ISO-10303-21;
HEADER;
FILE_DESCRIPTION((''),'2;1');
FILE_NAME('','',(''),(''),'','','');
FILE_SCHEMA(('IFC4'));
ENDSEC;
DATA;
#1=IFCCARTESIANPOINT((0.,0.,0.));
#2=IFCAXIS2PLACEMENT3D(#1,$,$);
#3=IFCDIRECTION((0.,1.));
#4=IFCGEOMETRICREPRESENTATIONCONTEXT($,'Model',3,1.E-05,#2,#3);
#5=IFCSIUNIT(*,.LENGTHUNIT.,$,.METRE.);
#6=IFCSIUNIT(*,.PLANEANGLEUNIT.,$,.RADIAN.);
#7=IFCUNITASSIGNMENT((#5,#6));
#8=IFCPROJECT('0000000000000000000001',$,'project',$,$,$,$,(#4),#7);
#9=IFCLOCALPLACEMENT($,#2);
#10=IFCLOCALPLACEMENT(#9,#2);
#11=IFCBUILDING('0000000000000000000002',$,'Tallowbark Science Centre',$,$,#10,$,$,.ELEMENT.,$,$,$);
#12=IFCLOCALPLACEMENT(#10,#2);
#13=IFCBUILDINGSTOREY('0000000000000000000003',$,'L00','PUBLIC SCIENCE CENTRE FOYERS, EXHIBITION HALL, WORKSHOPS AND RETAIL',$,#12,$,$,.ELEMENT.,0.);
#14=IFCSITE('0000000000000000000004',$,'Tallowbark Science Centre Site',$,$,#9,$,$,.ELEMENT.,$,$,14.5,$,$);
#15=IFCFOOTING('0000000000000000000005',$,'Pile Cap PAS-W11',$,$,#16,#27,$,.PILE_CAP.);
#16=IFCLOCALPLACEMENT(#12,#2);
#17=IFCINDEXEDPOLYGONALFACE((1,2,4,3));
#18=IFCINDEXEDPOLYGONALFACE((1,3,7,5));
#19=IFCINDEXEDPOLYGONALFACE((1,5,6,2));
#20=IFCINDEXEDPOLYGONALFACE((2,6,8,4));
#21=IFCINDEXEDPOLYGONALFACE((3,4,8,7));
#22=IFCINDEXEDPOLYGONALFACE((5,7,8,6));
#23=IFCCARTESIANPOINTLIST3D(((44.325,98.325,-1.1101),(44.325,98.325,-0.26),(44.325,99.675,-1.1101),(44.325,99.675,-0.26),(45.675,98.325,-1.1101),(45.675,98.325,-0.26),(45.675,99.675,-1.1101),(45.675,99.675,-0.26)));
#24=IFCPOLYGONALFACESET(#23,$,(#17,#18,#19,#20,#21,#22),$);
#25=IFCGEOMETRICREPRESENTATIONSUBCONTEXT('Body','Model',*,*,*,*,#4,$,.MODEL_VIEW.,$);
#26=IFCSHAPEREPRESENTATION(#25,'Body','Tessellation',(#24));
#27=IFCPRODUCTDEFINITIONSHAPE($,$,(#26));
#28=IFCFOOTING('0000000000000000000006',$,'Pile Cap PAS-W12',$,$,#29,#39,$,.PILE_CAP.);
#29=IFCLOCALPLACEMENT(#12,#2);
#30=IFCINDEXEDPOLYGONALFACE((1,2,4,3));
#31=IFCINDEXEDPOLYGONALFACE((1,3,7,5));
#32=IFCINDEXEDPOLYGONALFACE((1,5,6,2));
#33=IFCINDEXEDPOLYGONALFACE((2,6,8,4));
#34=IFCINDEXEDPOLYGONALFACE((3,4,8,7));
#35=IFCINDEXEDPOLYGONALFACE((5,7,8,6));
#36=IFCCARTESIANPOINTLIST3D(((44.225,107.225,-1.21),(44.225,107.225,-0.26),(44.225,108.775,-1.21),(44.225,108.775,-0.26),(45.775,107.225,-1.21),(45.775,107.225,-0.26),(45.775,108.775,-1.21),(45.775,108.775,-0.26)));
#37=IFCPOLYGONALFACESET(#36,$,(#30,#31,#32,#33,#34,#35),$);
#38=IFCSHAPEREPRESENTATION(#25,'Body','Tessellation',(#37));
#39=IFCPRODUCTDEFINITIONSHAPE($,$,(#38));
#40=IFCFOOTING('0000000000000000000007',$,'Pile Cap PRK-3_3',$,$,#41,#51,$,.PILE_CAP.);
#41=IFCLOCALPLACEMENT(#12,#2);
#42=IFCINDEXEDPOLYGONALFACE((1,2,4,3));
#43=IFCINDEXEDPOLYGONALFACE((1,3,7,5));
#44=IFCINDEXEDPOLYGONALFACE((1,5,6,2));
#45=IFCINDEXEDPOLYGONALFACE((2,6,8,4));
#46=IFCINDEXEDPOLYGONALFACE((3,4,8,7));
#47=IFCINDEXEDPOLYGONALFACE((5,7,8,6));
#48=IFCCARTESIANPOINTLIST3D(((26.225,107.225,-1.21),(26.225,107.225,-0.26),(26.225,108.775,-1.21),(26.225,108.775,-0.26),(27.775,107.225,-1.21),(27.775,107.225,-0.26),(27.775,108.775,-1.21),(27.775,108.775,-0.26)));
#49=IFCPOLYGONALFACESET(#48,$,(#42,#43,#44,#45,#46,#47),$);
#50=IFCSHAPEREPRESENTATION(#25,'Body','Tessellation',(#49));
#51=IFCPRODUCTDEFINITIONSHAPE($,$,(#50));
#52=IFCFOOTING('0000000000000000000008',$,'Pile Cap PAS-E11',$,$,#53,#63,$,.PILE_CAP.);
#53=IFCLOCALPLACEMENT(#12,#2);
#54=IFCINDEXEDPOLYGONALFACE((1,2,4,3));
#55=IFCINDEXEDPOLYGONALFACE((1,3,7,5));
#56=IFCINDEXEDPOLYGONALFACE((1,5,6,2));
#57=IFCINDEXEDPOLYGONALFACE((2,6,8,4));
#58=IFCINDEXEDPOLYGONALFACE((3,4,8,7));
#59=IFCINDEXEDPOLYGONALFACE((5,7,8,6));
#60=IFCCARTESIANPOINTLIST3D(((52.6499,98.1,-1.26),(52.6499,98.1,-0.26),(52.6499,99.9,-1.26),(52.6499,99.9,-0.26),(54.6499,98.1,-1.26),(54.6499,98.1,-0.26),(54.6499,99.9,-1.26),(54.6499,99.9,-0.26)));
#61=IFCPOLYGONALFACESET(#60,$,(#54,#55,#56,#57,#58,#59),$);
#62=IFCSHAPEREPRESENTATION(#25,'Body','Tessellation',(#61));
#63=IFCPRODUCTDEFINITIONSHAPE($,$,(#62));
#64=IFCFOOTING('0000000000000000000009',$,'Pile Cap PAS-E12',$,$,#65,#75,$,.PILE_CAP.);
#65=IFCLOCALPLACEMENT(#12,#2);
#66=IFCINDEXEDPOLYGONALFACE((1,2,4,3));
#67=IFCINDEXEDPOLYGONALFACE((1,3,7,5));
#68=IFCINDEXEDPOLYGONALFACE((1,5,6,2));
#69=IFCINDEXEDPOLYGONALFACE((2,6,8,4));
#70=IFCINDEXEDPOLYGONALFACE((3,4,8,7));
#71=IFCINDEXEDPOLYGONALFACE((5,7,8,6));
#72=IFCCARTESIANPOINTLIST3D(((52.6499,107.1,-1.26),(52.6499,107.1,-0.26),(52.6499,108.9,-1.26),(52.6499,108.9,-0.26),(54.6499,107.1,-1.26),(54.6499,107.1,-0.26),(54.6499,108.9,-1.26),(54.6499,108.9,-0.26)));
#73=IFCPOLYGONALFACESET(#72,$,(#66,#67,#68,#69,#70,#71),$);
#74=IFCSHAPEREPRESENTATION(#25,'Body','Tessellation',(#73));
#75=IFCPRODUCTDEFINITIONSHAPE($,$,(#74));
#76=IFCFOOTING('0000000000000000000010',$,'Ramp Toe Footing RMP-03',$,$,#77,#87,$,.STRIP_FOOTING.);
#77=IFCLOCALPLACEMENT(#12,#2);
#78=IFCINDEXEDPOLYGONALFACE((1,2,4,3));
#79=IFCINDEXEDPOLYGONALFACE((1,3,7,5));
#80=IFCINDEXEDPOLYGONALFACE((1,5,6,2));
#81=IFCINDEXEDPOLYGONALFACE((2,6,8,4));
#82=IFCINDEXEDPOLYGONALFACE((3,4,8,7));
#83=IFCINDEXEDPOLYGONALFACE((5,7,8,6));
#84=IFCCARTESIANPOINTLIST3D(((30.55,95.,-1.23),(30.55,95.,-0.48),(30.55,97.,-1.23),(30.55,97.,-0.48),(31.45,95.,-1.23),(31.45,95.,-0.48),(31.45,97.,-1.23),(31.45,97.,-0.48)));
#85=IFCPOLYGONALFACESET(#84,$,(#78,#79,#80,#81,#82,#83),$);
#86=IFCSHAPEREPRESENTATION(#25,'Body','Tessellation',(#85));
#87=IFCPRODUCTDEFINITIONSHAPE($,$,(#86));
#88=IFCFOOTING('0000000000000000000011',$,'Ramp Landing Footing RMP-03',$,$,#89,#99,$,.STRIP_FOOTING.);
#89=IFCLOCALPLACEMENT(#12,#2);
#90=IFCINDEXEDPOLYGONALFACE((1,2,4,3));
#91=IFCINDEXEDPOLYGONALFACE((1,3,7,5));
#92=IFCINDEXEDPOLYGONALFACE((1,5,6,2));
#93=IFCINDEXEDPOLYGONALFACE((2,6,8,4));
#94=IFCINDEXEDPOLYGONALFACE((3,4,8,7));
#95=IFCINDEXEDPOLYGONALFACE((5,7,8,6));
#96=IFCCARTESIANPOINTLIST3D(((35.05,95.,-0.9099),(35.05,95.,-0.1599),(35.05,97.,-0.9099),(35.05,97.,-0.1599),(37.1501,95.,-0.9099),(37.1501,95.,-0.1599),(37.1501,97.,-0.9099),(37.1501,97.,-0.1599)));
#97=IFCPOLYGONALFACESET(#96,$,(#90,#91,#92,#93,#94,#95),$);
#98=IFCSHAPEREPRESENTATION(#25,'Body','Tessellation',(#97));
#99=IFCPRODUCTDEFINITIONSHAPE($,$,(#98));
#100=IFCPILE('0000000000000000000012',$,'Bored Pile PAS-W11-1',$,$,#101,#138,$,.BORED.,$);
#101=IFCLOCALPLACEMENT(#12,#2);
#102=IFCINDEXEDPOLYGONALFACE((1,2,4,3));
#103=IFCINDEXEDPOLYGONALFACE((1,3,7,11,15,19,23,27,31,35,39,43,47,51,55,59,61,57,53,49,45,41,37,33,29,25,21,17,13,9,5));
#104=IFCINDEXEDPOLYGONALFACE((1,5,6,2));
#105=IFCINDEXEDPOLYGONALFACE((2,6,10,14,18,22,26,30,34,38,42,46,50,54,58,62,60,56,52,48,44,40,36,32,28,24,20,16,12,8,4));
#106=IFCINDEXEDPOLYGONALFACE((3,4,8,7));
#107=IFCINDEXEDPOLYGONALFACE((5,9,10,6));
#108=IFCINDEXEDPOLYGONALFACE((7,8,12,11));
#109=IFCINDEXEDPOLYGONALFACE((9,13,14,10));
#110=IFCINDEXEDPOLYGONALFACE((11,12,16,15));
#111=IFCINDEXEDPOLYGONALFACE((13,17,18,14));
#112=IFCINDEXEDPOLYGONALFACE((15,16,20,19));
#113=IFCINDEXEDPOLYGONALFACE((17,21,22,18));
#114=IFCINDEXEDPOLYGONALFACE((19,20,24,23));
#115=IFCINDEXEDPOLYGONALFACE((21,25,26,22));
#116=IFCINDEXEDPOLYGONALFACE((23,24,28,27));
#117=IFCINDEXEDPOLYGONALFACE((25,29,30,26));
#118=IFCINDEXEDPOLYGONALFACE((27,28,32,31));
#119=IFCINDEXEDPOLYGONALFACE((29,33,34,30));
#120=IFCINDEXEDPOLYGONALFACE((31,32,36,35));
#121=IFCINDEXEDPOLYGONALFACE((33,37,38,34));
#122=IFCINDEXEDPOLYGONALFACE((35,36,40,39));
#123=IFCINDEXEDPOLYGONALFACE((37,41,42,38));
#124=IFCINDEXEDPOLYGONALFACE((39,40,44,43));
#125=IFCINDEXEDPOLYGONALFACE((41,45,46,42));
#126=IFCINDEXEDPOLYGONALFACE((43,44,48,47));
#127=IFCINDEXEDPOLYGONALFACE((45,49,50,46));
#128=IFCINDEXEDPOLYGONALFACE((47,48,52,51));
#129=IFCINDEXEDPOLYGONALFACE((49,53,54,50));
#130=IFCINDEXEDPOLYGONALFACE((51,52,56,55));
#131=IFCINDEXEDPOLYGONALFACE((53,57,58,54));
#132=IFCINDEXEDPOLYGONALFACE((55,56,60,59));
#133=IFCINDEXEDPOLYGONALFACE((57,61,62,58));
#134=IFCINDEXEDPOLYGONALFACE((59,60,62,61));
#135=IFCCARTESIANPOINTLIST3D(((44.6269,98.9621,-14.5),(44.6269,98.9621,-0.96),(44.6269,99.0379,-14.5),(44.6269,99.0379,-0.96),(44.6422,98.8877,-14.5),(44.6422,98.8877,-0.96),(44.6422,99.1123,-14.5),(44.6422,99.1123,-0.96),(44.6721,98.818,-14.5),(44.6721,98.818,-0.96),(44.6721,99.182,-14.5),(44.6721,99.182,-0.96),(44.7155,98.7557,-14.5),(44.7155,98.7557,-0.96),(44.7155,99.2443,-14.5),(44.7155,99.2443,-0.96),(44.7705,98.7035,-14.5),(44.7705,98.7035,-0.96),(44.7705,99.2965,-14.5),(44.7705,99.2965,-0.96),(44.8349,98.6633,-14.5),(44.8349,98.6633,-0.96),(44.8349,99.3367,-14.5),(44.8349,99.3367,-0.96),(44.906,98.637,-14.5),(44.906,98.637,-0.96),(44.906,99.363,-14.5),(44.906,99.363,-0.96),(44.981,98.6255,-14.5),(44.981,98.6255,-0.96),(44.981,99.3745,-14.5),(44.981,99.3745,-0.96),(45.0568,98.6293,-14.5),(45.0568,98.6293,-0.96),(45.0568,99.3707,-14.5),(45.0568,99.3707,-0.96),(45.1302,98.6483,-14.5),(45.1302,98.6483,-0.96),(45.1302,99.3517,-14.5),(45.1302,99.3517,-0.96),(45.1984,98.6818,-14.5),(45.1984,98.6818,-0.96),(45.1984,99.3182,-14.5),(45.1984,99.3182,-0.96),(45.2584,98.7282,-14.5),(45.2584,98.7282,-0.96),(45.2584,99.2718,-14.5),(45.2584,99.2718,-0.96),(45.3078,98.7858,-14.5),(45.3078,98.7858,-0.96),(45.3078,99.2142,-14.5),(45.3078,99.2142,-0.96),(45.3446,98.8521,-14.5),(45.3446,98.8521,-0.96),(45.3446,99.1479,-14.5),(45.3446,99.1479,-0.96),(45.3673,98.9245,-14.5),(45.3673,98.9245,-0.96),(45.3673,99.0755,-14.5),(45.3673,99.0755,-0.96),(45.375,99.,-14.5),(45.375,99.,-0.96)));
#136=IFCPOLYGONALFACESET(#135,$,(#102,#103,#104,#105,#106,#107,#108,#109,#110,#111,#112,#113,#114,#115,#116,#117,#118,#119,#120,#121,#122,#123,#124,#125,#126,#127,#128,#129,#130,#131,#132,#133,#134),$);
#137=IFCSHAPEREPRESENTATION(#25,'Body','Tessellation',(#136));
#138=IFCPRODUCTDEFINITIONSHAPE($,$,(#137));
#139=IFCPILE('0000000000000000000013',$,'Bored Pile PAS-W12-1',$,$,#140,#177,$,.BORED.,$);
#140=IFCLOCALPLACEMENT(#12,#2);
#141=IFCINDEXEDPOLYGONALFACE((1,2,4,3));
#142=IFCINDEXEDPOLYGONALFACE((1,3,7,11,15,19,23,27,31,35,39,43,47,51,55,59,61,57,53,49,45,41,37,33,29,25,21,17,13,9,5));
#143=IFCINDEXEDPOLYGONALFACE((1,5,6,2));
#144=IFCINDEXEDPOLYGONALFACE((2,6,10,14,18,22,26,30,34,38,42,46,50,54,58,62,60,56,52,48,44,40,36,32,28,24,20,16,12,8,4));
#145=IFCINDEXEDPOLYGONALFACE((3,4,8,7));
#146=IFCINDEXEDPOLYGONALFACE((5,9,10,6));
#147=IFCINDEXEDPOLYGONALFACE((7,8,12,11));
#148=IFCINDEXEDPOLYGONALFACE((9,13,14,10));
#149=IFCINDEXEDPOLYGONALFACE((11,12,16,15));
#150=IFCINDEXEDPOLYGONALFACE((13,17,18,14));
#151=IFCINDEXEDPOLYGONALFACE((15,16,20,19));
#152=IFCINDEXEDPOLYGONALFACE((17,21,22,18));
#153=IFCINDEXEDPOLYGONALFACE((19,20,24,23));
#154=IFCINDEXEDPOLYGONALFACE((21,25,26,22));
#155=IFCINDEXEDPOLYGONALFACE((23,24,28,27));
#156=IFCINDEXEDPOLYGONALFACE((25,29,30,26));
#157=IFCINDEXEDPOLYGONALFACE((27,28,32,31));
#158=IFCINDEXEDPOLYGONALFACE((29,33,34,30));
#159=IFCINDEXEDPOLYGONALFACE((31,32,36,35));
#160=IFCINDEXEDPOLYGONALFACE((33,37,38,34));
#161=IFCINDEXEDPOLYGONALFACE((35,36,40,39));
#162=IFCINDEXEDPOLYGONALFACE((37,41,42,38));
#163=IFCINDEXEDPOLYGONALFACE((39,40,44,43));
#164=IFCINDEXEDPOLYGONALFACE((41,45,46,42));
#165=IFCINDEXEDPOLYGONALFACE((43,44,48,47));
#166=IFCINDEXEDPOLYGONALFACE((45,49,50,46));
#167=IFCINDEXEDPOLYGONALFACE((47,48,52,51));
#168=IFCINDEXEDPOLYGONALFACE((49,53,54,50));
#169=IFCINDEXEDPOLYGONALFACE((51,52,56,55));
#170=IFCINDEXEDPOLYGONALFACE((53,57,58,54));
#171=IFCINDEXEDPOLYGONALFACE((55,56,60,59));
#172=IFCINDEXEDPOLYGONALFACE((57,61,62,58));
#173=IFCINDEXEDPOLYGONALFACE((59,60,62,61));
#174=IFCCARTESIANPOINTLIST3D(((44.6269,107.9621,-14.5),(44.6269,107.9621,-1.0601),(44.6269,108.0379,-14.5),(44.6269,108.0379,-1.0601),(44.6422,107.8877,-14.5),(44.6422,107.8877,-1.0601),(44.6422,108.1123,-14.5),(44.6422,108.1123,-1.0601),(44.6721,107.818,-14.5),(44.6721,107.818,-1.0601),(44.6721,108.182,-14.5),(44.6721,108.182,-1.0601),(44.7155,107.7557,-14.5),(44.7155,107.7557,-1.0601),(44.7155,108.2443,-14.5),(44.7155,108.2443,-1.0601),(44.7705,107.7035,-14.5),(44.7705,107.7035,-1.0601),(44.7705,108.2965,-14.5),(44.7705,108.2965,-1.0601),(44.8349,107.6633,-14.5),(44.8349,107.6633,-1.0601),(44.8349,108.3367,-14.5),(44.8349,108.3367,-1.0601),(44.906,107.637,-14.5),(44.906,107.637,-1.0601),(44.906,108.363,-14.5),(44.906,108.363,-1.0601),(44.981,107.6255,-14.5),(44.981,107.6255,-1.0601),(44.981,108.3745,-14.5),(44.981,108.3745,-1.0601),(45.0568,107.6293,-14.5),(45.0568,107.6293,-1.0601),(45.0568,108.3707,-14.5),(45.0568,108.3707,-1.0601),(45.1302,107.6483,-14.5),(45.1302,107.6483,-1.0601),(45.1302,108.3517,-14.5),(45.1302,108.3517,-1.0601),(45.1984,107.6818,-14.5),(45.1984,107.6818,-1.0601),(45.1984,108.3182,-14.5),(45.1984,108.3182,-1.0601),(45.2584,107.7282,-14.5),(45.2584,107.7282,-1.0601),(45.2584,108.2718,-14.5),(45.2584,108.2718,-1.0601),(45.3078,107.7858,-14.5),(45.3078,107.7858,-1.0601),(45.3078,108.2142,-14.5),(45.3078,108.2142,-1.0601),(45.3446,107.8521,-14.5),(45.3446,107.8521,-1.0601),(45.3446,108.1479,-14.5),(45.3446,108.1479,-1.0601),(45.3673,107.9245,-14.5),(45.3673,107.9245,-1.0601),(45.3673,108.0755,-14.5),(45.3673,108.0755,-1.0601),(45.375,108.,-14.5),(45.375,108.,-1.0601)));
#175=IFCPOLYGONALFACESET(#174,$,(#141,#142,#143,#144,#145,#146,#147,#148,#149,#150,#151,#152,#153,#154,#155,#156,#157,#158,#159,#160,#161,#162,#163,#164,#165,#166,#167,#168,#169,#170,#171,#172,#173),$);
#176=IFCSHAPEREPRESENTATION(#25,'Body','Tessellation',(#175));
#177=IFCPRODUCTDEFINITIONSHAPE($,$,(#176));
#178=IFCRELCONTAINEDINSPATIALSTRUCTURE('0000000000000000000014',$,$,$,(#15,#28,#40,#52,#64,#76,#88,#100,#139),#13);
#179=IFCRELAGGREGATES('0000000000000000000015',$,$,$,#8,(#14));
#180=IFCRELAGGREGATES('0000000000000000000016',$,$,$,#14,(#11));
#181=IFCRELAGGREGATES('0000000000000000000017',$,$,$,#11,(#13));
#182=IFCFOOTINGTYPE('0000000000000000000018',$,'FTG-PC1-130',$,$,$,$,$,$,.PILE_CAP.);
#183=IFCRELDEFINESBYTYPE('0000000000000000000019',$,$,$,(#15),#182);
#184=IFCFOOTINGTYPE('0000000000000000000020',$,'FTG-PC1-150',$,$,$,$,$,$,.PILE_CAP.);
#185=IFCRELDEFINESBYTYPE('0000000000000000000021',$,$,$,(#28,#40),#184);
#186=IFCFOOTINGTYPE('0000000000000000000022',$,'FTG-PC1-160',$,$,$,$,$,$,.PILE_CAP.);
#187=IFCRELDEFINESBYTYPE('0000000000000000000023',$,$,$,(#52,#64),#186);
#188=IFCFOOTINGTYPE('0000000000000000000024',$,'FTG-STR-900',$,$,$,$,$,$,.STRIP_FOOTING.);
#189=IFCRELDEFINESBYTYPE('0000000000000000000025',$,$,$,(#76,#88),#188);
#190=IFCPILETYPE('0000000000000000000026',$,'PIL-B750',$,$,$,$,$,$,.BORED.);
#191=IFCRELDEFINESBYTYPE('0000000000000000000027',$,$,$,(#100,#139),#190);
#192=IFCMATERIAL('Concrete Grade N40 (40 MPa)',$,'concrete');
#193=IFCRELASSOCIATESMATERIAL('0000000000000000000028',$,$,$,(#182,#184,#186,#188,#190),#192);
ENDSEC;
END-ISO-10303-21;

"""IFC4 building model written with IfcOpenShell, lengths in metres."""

from ifc_helpers import new_model, si_unit, direction, frame, origin, origin_2d, place, context, subcontext, project, spatial, rectangle, circle, extrude, material, material_profile, profile_set, type_object, element, save


model = new_model("IFC4")

# Units and contexts
model_context = context("Model", 3, precision=1e-05, world=origin(), true_north=direction((0.0, 1.0)))
body_context = subcontext(model_context, "Body", "Model", "MODEL_VIEW")
ifc_project = project(units=[si_unit("LENGTHUNIT", "METRE"), si_unit("PLANEANGLEUNIT", "RADIAN")], contexts=[model_context])

# Site, building, storey
site_placement = place(None, origin())
site = spatial("IfcSite", under=ifc_project, at=site_placement, Name="Tallowbark Science Centre Site", CompositionType="ELEMENT", RefElevation=14.5)
building_placement = place(site_placement, origin())
building = spatial("IfcBuilding", under=site, at=building_placement, Name="Tallowbark Science Centre", CompositionType="ELEMENT")
storey_placement = place(building_placement, origin())
storey = spatial("IfcBuildingStorey", under=building, at=storey_placement, Name="L00", Description="PUBLIC SCIENCE CENTRE FOYERS, EXHIBITION HALL, WORKSHOPS AND RETAIL", CompositionType="ELEMENT", Elevation=0.0)

# Footings
ifc_material_1 = material(Name="Concrete Grade N40 (40 MPa)", Category="concrete")
footing_type_1 = type_object("IfcFootingType", Name="FTG-PC1-130", PredefinedType="PILE_CAP", material=ifc_material_1)
footing_1_placement = place(storey_placement, frame((45.0, 99.0, -1.1101), z_axis=(0.0, 0.0, 1.0), x_axis=(1.0, 0.0, 0.0)))
element("IfcFooting", 1, at=footing_1_placement, inside=storey, type_object=footing_type_1, Name="Pile Cap PAS-W11", PredefinedType="PILE_CAP", context=body_context, shape_type="SweptSolid", body=[
    extrude(rectangle(XDim=1.3501, YDim=1.3501, at=origin_2d()), origin(), (0.0, 0.0, 1.0), 0.8501),
])
footing_type_2 = type_object("IfcFootingType", Name="FTG-PC1-150", PredefinedType="PILE_CAP", material=ifc_material_1)
for number, where, z_axis, x_axis, name in (
    (2, (45.0, 108.0, -1.21), (0.0, 0.0, 1.0), (1.0, 0.0, 0.0), "Pile Cap PAS-W12"),
    (3, (27.0, 108.0, -1.21), (0.0, 0.0, 1.0), (1.0, 0.0, 0.0), "Pile Cap PRK-3_3"),
):
    element("IfcFooting", number, at=place(storey_placement, frame(where, z_axis=z_axis, x_axis=x_axis)), inside=storey, type_object=footing_type_2, Name=name, PredefinedType="PILE_CAP", context=body_context, shape_type="SweptSolid", body=[
        extrude(rectangle(XDim=1.55, YDim=1.55, at=origin_2d()), origin(), (0.0, 0.0, 1.0), 0.95),
    ])
footing_type_3 = type_object("IfcFootingType", Name="FTG-PC1-160", PredefinedType="PILE_CAP", material=ifc_material_1)
for number, where, z_axis, x_axis, name in (
    (4, (53.6499, 99.0, -1.26), (0.0, 0.0, 1.0), (1.0, 0.0, 0.0), "Pile Cap PAS-E11"),
    (5, (53.6499, 108.0, -1.26), (0.0, 0.0, 1.0), (1.0, 0.0, 0.0), "Pile Cap PAS-E12"),
):
    element("IfcFooting", number, at=place(storey_placement, frame(where, z_axis=z_axis, x_axis=x_axis)), inside=storey, type_object=footing_type_3, Name=name, PredefinedType="PILE_CAP", context=body_context, shape_type="SweptSolid", body=[
        extrude(rectangle(XDim=2.0, YDim=1.8, at=origin_2d()), origin(), (0.0, 0.0, 1.0), 1.0),
    ])
footing_type_4 = type_object("IfcFootingType", Name="FTG-STR-900", PredefinedType="STRIP_FOOTING", material=ifc_material_1)
footing_2_placement = place(storey_placement, frame((31.0, 96.0, -1.23), z_axis=(0.0, 0.0, 1.0), x_axis=(0.0, 1.0, 0.0)))
element("IfcFooting", 6, at=footing_2_placement, inside=storey, type_object=footing_type_4, Name="Ramp Toe Footing RMP-03", PredefinedType="STRIP_FOOTING", context=body_context, shape_type="SweptSolid", body=[
    extrude(rectangle(XDim=2.0, YDim=0.8999, at=origin_2d()), origin(), (0.0, 0.0, 1.0), 0.75),
])
footing_3_placement = place(storey_placement, frame((36.1001, 96.0, -0.9099), z_axis=(0.0, 0.0, 1.0), x_axis=(1.0, 0.0, 0.0)))
element("IfcFooting", 7, at=footing_3_placement, inside=storey, type_object=footing_type_4, Name="Ramp Landing Footing RMP-03", PredefinedType="STRIP_FOOTING", context=body_context, shape_type="SweptSolid", body=[
    extrude(rectangle(XDim=2.1001, YDim=2.0, at=origin_2d()), origin(), (0.0, 0.0, 1.0), 0.75),
])

# Piles
ifc_material_profile_1 = material_profile(ifc_material_1, circle(Radius=0.375, at=origin_2d()), Name="PILE750")
ifc_profile_set_1 = profile_set([ifc_material_profile_1], Name="Concrete Grade N40 (40 MPa)")
pile_type_1 = type_object("IfcPileType", Name="PIL-B750", PredefinedType="BORED", material=ifc_profile_set_1)
pile_1_placement = place(storey_placement, frame((45.0, 99.0, -0.96), z_axis=(0.0, 0.0, -1.0), x_axis=(1.0, 0.0, 0.0)))
element("IfcPile", 8, at=pile_1_placement, inside=storey, type_object=pile_type_1, Name="Bored Pile PAS-W11-1", PredefinedType="BORED", context=body_context, shape_type="SweptSolid", body=[
    extrude(circle(Radius=0.375, at=origin_2d()), origin(), (0.0, 0.0, 1.0), 13.54),
])
pile_2_placement = place(storey_placement, frame((45.0, 108.0, -1.0601), z_axis=(0.0, 0.0, -1.0), x_axis=(1.0, 0.0, 0.0)))
element("IfcPile", 9, at=pile_2_placement, inside=storey, type_object=pile_type_1, Name="Bored Pile PAS-W12-1", PredefinedType="BORED", context=body_context, shape_type="SweptSolid", body=[
    extrude(circle(Radius=0.375, at=origin_2d()), origin(), (0.0, 0.0, 1.0), 13.4399),
])

save(model, "model.ifc")
